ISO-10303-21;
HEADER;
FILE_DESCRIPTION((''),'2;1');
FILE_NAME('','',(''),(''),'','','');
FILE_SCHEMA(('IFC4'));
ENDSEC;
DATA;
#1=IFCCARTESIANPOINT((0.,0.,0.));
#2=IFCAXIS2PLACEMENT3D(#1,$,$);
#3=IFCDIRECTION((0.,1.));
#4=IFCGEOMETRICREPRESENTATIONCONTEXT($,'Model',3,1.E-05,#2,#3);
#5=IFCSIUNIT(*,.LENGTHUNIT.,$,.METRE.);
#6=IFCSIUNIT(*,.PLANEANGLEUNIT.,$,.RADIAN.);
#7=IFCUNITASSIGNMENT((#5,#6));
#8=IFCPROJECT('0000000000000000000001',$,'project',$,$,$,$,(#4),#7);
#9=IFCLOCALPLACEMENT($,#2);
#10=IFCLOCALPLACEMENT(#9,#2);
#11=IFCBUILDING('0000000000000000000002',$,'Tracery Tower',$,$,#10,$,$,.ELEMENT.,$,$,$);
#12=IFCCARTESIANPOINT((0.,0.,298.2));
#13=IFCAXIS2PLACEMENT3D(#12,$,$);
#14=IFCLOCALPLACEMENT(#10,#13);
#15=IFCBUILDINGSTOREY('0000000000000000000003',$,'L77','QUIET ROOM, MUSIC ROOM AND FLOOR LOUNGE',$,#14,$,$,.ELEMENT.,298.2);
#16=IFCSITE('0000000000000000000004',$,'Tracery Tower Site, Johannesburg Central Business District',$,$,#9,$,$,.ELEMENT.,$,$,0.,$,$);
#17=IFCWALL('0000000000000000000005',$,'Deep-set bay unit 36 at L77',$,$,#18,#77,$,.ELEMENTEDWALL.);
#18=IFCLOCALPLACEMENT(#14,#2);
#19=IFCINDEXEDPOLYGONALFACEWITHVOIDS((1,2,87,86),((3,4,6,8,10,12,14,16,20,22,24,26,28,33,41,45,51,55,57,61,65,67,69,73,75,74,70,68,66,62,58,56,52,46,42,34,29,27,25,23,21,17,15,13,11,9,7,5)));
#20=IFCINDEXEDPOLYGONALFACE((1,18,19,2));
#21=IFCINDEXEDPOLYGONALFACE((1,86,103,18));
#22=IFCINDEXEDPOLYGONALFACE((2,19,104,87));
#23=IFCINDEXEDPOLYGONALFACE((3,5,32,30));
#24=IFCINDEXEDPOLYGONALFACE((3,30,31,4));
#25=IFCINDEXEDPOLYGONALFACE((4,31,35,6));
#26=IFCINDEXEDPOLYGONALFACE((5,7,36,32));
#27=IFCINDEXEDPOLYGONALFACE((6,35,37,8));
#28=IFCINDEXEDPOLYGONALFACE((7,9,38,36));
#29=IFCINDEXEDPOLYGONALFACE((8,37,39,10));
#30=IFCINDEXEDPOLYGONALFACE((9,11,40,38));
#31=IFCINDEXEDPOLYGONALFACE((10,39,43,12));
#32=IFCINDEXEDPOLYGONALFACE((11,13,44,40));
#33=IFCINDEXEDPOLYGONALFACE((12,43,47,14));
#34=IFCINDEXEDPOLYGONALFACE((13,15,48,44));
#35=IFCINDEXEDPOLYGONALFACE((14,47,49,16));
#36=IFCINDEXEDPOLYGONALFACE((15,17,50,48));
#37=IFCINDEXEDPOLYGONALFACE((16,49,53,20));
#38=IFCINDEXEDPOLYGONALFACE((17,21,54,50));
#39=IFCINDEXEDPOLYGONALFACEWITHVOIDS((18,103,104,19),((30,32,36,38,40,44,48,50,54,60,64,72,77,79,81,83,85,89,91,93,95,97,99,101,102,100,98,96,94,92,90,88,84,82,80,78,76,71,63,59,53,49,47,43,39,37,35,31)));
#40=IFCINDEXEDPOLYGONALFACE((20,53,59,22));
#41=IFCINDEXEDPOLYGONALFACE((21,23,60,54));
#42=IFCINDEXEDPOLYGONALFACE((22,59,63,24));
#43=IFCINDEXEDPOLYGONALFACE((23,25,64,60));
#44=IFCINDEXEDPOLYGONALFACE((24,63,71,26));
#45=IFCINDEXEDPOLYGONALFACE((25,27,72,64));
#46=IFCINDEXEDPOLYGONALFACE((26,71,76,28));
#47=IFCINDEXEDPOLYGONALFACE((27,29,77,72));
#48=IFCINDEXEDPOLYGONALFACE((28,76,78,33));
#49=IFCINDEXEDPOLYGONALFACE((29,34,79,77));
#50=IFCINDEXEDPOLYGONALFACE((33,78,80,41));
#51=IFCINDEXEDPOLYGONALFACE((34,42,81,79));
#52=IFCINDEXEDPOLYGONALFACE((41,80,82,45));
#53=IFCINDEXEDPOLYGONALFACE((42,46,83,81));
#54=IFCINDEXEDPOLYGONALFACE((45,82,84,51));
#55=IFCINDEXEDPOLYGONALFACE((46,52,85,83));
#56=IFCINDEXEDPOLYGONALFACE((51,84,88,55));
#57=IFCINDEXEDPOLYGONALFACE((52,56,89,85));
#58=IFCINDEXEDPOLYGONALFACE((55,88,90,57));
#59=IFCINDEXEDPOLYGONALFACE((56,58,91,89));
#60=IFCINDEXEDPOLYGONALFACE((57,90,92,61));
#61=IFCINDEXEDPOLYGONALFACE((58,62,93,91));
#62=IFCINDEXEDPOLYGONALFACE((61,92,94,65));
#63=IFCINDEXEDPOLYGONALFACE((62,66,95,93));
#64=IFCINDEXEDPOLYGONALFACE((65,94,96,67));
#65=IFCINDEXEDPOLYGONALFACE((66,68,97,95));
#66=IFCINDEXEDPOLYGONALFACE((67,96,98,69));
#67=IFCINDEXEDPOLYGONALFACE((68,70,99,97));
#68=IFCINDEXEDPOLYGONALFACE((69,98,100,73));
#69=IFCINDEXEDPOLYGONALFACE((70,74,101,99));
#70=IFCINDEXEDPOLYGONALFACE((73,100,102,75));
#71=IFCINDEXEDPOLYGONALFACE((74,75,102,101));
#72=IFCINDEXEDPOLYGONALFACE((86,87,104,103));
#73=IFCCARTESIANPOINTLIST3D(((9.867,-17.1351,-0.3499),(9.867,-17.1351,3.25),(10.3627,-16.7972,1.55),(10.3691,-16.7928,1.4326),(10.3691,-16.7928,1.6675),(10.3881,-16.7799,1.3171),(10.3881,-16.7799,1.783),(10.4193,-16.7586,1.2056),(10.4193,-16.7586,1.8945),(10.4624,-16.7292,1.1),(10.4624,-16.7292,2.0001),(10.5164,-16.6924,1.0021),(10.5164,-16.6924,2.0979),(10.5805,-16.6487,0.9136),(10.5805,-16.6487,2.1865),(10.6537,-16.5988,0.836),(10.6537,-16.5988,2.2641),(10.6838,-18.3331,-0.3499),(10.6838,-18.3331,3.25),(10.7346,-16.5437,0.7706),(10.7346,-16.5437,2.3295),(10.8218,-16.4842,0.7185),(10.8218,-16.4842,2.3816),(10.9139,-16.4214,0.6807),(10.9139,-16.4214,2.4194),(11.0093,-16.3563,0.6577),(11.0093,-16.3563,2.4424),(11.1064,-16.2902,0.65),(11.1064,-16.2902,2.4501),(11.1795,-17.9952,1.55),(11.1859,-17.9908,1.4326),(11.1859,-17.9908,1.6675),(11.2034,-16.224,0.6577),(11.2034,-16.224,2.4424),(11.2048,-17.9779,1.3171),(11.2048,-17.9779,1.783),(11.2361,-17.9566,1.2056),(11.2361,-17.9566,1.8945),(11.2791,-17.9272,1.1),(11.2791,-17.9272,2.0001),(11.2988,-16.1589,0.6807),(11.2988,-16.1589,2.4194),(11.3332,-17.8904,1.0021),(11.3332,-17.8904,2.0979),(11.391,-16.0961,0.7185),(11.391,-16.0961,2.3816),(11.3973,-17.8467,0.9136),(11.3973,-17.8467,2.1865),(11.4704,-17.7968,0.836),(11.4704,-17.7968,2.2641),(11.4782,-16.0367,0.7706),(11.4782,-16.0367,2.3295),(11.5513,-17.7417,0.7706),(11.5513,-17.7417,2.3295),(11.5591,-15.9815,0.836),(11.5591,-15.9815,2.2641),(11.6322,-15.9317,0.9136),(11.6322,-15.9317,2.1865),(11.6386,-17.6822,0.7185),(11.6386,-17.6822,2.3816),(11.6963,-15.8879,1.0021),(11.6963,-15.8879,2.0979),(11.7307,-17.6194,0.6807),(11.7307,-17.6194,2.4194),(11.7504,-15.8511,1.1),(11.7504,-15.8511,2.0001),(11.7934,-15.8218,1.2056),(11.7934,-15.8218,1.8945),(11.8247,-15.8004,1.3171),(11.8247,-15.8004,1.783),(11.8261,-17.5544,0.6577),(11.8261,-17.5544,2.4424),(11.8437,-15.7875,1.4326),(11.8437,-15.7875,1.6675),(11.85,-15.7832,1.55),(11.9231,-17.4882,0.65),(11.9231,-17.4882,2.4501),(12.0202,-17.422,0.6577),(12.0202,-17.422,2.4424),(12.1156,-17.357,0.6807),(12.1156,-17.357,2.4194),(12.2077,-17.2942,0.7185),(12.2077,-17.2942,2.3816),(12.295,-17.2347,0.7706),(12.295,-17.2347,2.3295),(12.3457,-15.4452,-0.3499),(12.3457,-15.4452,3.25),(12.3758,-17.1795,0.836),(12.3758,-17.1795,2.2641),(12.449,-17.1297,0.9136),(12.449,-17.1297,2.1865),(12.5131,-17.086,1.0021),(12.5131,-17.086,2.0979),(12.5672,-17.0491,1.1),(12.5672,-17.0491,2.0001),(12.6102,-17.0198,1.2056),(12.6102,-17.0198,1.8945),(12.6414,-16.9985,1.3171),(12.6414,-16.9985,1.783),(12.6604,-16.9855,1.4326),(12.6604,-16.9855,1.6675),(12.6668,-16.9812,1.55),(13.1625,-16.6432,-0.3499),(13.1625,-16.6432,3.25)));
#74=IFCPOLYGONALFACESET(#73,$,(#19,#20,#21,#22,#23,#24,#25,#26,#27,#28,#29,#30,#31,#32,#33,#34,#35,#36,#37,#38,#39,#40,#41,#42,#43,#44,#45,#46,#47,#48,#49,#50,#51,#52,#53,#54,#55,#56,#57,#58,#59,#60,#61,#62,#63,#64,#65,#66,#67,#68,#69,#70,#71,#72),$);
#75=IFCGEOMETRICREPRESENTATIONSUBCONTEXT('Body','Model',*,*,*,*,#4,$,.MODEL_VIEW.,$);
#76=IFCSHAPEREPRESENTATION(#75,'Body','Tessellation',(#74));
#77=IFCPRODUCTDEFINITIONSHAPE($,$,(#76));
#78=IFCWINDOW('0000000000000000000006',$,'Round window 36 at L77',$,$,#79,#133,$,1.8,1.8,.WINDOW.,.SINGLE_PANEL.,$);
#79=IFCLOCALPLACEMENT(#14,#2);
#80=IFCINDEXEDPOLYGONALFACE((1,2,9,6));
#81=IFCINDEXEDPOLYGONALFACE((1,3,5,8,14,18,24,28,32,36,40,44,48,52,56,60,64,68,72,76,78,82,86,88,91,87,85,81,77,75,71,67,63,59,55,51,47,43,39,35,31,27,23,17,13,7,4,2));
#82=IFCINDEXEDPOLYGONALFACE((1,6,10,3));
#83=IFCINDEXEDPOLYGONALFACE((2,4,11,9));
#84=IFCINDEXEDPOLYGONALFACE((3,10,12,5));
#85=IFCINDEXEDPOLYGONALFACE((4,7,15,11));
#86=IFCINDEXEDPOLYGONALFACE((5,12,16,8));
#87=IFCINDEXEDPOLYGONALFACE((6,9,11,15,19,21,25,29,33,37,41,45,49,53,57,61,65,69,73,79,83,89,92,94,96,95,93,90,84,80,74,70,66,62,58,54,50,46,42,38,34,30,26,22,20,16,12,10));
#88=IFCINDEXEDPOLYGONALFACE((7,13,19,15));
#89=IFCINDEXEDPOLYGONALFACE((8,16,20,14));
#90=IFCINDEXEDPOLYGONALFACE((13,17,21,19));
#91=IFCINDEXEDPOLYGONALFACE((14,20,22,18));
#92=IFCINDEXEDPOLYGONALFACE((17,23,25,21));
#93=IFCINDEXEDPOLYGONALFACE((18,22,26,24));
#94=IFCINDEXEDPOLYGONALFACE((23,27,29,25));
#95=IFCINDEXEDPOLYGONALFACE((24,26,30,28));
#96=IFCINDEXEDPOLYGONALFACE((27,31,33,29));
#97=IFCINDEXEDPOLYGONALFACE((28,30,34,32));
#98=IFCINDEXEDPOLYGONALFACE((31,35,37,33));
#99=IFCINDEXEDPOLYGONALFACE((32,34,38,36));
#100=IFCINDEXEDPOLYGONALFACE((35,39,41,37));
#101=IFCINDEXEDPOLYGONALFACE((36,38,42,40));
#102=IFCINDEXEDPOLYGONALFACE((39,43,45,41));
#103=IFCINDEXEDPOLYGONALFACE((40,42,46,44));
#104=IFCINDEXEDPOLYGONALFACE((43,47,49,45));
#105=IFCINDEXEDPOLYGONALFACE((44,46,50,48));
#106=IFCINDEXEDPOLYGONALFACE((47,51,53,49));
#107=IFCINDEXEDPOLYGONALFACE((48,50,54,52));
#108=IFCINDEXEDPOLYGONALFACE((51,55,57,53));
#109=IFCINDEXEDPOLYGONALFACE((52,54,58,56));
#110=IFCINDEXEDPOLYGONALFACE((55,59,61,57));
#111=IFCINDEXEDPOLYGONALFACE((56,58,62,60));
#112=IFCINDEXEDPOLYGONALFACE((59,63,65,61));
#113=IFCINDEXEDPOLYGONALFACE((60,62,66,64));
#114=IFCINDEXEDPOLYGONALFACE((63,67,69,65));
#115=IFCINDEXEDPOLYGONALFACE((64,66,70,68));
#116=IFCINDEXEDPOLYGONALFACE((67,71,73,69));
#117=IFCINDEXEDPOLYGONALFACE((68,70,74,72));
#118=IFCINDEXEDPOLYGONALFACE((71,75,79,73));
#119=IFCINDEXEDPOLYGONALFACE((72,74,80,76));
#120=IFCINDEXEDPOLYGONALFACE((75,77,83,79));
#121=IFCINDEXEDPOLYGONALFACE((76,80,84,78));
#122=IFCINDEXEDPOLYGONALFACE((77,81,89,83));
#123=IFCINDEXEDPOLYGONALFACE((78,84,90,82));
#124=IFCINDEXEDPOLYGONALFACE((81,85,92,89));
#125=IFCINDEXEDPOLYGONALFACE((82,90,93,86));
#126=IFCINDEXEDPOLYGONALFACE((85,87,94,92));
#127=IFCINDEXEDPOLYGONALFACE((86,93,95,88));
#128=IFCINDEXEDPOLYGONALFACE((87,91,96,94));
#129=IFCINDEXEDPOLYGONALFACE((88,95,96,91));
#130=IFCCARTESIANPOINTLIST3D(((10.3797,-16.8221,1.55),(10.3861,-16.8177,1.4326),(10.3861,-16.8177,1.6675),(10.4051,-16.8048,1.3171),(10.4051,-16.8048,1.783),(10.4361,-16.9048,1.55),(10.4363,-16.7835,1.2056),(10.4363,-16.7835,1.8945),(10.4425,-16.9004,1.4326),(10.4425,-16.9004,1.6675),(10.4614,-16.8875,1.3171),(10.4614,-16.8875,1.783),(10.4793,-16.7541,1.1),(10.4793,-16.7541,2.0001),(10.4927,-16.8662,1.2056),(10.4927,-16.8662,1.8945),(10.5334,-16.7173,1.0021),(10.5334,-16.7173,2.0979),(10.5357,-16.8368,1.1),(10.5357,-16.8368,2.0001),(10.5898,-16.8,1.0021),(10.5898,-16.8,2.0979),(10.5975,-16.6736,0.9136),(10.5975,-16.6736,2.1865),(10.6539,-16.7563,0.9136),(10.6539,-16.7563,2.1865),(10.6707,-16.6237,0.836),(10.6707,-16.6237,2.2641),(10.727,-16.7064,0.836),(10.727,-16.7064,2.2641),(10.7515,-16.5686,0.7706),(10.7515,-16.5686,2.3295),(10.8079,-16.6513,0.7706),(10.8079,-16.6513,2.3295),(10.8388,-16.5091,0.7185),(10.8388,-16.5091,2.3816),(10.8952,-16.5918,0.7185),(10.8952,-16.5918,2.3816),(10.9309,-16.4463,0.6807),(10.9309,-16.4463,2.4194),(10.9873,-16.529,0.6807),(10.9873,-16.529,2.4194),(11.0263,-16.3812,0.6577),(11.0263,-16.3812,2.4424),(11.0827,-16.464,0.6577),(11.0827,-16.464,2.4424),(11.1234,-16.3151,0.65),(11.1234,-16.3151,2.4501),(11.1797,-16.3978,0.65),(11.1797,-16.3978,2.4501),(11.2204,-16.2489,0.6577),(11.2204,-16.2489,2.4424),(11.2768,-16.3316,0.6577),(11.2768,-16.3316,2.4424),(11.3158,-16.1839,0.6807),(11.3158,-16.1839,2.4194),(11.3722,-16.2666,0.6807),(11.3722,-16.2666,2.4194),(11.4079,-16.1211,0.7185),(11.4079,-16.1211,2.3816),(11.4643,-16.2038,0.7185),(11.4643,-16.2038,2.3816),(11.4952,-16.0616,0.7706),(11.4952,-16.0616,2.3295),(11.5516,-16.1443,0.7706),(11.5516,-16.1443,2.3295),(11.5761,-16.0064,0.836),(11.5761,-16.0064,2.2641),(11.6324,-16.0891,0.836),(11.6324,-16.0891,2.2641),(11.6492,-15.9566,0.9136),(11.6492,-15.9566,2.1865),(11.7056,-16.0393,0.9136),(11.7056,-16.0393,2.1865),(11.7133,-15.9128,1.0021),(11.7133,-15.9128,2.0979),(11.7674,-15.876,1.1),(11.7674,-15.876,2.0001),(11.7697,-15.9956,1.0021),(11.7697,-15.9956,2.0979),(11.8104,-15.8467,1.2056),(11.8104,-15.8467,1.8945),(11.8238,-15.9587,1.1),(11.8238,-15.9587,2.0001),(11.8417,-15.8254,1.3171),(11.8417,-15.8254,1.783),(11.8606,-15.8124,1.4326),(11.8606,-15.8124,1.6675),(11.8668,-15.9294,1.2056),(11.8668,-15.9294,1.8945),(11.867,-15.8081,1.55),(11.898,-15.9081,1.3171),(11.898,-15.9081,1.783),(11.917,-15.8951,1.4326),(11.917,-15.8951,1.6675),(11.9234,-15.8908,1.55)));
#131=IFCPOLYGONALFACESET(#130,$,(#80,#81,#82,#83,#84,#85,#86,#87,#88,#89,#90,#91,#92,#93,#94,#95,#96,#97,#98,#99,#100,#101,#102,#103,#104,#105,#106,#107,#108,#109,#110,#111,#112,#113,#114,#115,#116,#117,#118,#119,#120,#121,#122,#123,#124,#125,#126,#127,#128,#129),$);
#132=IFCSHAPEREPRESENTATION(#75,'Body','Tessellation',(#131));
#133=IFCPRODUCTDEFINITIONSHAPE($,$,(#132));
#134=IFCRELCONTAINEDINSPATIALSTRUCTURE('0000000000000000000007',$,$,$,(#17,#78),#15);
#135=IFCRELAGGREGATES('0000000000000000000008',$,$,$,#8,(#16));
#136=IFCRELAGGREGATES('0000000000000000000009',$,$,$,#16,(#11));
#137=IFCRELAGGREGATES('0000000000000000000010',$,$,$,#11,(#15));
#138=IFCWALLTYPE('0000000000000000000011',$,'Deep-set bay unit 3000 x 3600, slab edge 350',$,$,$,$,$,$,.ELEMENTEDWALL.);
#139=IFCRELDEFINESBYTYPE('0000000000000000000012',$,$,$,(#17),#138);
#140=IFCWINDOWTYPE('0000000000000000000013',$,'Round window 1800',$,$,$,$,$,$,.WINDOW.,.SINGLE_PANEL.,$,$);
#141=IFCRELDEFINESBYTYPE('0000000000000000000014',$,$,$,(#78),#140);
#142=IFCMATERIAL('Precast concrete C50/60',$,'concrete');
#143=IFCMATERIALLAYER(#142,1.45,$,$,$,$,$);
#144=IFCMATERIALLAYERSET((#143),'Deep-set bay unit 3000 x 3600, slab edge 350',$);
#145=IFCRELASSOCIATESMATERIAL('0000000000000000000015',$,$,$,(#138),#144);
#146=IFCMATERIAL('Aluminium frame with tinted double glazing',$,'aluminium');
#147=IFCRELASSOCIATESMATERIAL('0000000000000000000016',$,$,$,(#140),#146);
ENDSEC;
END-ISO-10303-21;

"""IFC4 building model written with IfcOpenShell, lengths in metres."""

from ifc_helpers import new_model, si_unit, direction, frame, frame_2d, origin, origin_2d, place, context, subcontext, project, spatial, rectangle, circle, extrude, material, layer, layer_set, type_object, element, fill, save


model = new_model("IFC4")

# Units and contexts
model_context = context("Model", 3, precision=1e-05, world=origin(), true_north=direction((0.0, 1.0)))
body_context = subcontext(model_context, "Body", "Model", "MODEL_VIEW")
ifc_project = project(units=[si_unit("LENGTHUNIT", "METRE"), si_unit("PLANEANGLEUNIT", "RADIAN")], contexts=[model_context])

# Site, building, storey
site_placement = place(None, origin())
site = spatial("IfcSite", under=ifc_project, at=site_placement, Name="Tracery Tower Site, Johannesburg Central Business District", CompositionType="ELEMENT", RefElevation=0.0)
building_placement = place(site_placement, origin())
building = spatial("IfcBuilding", under=site, at=building_placement, Name="Tracery Tower", CompositionType="ELEMENT")
storey_placement = place(building_placement, frame((0.0, 0.0, 298.2)))
storey = spatial("IfcBuildingStorey", under=building, at=storey_placement, Name="L77", Description="QUIET ROOM, MUSIC ROOM AND FLOOR LOUNGE", CompositionType="ELEMENT", Elevation=298.2)

# Wall, opening, window
ifc_material_1 = material(Name="Precast concrete C50/60", Category="concrete")
ifc_layer_1 = layer(ifc_material_1, 1.45)
ifc_layer_set_1 = layer_set([ifc_layer_1], Name="Deep-set bay unit 3000 x 3600, slab edge 350")
wall_type_1 = type_object("IfcWallType", Name="Deep-set bay unit 3000 x 3600, slab edge 350", PredefinedType="ELEMENTEDWALL", material=ifc_layer_set_1)
wall_1_placement = place(storey_placement, frame((10.2754, -17.7341, -0.3499), z_axis=(0.0, 0.0, 1.0), x_axis=(0.826246, 0.563309, 0.0)))
wall_1 = element("IfcWall", 1, at=wall_1_placement, inside=storey, type_object=wall_type_1, Name="Deep-set bay unit 36 at L77", PredefinedType="ELEMENTEDWALL", context=body_context, shape_type="SweptSolid", body=[
    extrude(rectangle(XDim=3.0, YDim=1.45, at=frame_2d((1.5, 0.0))), origin(), (0.0, 0.0, 1.0), 3.5999),
])
opening_1_placement = place(wall_1_placement, frame((1.5, 0.0, 1.8999)))
opening_1 = element("IfcOpeningElement", 2, at=opening_1_placement, cuts=wall_1, PredefinedType="OPENING", context=body_context, shape_type="SweptSolid", body=[
    extrude(circle(Radius=0.9, at=origin_2d()), frame((0.0, 0.7349, 0.0), z_axis=(0.0, -1.0, 0.0), x_axis=(1.0, 0.0, 0.0)), (0.0, 0.0, 1.0), 1.47),
])
ifc_material_2 = material(Name="Aluminium frame with tinted double glazing", Category="aluminium")
window_type = type_object("IfcWindowType", Name="Round window 1800", PartitioningType="SINGLE_PANEL", PredefinedType="WINDOW", material=ifc_material_2)
window_1_placement = place(opening_1_placement, origin())
window_1 = element("IfcWindow", 3, at=window_1_placement, inside=storey, type_object=window_type, Name="Round window 36 at L77", OverallHeight=1.8, OverallWidth=1.8, PartitioningType="SINGLE_PANEL", PredefinedType="WINDOW", context=body_context, shape_type="SweptSolid", body=[
    extrude(circle(Radius=0.9, at=origin_2d()), frame((0.0, 0.6948, 0.0), z_axis=(0.0, -1.0, 0.0), x_axis=(1.0, 0.0, 0.0)), (0.0, 0.0, 1.0), 0.1001),
])
fill(opening_1, window_1)

save(model, "model.ifc")
